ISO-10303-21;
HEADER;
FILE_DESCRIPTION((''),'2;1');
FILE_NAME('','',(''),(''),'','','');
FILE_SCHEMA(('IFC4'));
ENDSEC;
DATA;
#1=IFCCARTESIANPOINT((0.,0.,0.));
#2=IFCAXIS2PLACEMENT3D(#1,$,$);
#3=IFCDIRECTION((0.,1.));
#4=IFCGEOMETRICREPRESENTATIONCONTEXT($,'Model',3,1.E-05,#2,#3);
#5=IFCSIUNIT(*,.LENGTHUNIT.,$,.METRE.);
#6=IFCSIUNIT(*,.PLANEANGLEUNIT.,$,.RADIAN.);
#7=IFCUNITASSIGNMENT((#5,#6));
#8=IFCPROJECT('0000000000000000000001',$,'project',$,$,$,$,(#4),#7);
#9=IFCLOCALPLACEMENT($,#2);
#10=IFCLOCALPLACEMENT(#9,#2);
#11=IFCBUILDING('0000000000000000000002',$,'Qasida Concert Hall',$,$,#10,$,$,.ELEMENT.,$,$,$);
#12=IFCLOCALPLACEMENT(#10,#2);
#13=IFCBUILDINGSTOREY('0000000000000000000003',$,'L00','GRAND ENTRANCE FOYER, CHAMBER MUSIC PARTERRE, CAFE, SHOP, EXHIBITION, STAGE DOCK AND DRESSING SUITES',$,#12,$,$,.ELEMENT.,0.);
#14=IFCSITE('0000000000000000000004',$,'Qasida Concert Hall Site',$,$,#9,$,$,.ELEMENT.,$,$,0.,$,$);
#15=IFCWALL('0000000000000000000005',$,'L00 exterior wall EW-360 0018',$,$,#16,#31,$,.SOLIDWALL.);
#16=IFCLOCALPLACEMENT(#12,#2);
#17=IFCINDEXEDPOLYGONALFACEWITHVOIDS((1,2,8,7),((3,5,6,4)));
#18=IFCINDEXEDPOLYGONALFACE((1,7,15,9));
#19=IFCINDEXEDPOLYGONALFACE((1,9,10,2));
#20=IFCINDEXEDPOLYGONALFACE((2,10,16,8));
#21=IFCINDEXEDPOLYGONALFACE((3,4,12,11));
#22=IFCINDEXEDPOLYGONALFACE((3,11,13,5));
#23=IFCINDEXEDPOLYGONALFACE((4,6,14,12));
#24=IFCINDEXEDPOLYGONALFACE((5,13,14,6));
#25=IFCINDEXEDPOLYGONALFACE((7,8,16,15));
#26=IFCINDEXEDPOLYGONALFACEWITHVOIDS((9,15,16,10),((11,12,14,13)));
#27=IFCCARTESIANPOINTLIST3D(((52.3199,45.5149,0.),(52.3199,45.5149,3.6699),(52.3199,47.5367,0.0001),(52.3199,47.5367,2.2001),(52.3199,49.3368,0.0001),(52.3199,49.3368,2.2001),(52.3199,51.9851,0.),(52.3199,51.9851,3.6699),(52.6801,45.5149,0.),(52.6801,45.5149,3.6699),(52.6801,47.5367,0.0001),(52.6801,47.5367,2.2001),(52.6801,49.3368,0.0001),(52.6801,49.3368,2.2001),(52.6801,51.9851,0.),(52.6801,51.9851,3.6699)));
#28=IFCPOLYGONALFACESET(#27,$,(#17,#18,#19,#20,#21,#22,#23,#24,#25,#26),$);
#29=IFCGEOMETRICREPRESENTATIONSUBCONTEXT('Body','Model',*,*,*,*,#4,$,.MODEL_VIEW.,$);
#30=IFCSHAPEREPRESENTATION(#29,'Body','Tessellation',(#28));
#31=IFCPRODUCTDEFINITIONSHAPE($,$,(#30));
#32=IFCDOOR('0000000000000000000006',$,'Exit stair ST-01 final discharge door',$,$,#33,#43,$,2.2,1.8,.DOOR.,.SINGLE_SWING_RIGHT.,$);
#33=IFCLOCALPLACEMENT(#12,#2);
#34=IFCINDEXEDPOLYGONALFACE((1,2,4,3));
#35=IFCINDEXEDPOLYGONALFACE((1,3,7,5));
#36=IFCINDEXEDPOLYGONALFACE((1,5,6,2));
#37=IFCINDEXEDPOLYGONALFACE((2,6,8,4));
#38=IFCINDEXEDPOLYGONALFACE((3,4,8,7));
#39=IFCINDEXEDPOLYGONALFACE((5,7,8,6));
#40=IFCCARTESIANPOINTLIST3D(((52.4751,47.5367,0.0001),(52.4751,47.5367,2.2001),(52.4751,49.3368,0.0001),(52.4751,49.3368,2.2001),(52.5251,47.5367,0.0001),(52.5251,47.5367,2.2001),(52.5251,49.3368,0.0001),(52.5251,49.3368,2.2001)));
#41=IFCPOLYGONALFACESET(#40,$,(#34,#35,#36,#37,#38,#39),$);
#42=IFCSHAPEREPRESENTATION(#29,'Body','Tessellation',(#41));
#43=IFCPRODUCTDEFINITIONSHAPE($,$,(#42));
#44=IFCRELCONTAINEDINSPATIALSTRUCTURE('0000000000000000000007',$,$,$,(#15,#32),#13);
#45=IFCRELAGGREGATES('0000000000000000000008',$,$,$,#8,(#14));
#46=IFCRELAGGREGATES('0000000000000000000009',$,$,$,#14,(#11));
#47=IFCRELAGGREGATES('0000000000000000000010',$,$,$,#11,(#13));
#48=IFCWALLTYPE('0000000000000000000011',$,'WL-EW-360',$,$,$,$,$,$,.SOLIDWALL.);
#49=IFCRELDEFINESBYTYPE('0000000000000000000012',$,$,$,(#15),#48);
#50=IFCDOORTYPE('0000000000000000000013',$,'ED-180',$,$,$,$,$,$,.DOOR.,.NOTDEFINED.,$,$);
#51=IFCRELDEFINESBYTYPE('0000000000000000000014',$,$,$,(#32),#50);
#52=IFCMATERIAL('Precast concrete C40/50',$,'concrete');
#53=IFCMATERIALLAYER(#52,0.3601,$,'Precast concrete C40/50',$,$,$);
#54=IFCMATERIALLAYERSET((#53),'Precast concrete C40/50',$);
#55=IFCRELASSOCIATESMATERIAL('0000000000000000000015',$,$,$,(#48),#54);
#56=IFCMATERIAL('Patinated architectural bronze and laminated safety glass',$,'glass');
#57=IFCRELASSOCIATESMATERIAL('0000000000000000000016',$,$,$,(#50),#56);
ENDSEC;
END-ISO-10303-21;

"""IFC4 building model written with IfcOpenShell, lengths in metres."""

from ifc_helpers import new_model, si_unit, direction, frame, frame_2d, origin, place, context, subcontext, project, spatial, rectangle, extrude, material, layer, layer_set, type_object, element, fill, save


model = new_model("IFC4")

# Units and contexts
model_context = context("Model", 3, precision=1e-05, world=origin(), true_north=direction((0.0, 1.0)))
body_context = subcontext(model_context, "Body", "Model", "MODEL_VIEW")
ifc_project = project(units=[si_unit("LENGTHUNIT", "METRE"), si_unit("PLANEANGLEUNIT", "RADIAN")], contexts=[model_context])

# Site, building, storey
site_placement = place(None, origin())
site = spatial("IfcSite", under=ifc_project, at=site_placement, Name="Qasida Concert Hall Site", CompositionType="ELEMENT", RefElevation=0.0)
building_placement = place(site_placement, origin())
building = spatial("IfcBuilding", under=site, at=building_placement, Name="Qasida Concert Hall", CompositionType="ELEMENT")
storey_placement = place(building_placement, origin())
storey = spatial("IfcBuildingStorey", under=building, at=storey_placement, Name="L00", Description="GRAND ENTRANCE FOYER, CHAMBER MUSIC PARTERRE, CAFE, SHOP, EXHIBITION, STAGE DOCK AND DRESSING SUITES", CompositionType="ELEMENT", Elevation=0.0)

# Wall, opening, door
ifc_material_1 = material(Name="Precast concrete C40/50", Category="concrete")
ifc_layer_1 = layer(ifc_material_1, 0.3601, Name="Precast concrete C40/50")
ifc_layer_set_1 = layer_set([ifc_layer_1], Name="Precast concrete C40/50")
wall_type_1 = type_object("IfcWallType", Name="WL-EW-360", PredefinedType="SOLIDWALL", material=ifc_layer_set_1)
wall_placement = place(storey_placement, frame((52.5, 45.5149, 0.0), z_axis=(0.0, 0.0, 1.0), x_axis=(0.0, 1.0, 0.0)))
wall = element("IfcWall", 1, at=wall_placement, inside=storey, type_object=wall_type_1, Name="L00 exterior wall EW-360 0018", PredefinedType="SOLIDWALL", context=body_context, shape_type="SweptSolid", body=[
    extrude(rectangle(XDim=6.4702, YDim=0.3601, at=frame_2d((3.2351, 0.0))), origin(), (0.0, 0.0, 1.0), 3.6699),
])
opening_placement = place(wall_placement, frame((2.022, 0.0, 0.0)))
opening = element("IfcOpeningElement", 2, at=opening_placement, cuts=wall, PredefinedType="OPENING", context=body_context, shape_type="SweptSolid", body=[
    extrude(rectangle(XDim=1.8, YDim=2.2, at=frame_2d((0.8999, 1.1001))), frame((0.0, 0.1899, 0.0), z_axis=(0.0, -1.0, 0.0), x_axis=(1.0, 0.0, 0.0)), (0.0, 0.0, 1.0), 0.3801),
])
ifc_material_2 = material(Name="Patinated architectural bronze and laminated safety glass", Category="glass")
door_type = type_object("IfcDoorType", Name="ED-180", OperationType="NOTDEFINED", PredefinedType="DOOR", material=ifc_material_2)
door_placement = place(opening_placement, origin())
door = element("IfcDoor", 3, at=door_placement, inside=storey, type_object=door_type, Name="Exit stair ST-01 final discharge door", OperationType="SINGLE_SWING_RIGHT", OverallHeight=2.2, OverallWidth=1.8, PredefinedType="DOOR", context=body_context, shape_type="SweptSolid", body=[
    extrude(rectangle(XDim=1.8, YDim=2.2, at=frame_2d((0.8999, 1.1001))), frame((0.0, 0.0249, 0.0), z_axis=(0.0, -1.0, 0.0), x_axis=(1.0, 0.0, 0.0)), (0.0, 0.0, 1.0), 0.05),
])
fill(opening, door)

save(model, "model.ifc")
